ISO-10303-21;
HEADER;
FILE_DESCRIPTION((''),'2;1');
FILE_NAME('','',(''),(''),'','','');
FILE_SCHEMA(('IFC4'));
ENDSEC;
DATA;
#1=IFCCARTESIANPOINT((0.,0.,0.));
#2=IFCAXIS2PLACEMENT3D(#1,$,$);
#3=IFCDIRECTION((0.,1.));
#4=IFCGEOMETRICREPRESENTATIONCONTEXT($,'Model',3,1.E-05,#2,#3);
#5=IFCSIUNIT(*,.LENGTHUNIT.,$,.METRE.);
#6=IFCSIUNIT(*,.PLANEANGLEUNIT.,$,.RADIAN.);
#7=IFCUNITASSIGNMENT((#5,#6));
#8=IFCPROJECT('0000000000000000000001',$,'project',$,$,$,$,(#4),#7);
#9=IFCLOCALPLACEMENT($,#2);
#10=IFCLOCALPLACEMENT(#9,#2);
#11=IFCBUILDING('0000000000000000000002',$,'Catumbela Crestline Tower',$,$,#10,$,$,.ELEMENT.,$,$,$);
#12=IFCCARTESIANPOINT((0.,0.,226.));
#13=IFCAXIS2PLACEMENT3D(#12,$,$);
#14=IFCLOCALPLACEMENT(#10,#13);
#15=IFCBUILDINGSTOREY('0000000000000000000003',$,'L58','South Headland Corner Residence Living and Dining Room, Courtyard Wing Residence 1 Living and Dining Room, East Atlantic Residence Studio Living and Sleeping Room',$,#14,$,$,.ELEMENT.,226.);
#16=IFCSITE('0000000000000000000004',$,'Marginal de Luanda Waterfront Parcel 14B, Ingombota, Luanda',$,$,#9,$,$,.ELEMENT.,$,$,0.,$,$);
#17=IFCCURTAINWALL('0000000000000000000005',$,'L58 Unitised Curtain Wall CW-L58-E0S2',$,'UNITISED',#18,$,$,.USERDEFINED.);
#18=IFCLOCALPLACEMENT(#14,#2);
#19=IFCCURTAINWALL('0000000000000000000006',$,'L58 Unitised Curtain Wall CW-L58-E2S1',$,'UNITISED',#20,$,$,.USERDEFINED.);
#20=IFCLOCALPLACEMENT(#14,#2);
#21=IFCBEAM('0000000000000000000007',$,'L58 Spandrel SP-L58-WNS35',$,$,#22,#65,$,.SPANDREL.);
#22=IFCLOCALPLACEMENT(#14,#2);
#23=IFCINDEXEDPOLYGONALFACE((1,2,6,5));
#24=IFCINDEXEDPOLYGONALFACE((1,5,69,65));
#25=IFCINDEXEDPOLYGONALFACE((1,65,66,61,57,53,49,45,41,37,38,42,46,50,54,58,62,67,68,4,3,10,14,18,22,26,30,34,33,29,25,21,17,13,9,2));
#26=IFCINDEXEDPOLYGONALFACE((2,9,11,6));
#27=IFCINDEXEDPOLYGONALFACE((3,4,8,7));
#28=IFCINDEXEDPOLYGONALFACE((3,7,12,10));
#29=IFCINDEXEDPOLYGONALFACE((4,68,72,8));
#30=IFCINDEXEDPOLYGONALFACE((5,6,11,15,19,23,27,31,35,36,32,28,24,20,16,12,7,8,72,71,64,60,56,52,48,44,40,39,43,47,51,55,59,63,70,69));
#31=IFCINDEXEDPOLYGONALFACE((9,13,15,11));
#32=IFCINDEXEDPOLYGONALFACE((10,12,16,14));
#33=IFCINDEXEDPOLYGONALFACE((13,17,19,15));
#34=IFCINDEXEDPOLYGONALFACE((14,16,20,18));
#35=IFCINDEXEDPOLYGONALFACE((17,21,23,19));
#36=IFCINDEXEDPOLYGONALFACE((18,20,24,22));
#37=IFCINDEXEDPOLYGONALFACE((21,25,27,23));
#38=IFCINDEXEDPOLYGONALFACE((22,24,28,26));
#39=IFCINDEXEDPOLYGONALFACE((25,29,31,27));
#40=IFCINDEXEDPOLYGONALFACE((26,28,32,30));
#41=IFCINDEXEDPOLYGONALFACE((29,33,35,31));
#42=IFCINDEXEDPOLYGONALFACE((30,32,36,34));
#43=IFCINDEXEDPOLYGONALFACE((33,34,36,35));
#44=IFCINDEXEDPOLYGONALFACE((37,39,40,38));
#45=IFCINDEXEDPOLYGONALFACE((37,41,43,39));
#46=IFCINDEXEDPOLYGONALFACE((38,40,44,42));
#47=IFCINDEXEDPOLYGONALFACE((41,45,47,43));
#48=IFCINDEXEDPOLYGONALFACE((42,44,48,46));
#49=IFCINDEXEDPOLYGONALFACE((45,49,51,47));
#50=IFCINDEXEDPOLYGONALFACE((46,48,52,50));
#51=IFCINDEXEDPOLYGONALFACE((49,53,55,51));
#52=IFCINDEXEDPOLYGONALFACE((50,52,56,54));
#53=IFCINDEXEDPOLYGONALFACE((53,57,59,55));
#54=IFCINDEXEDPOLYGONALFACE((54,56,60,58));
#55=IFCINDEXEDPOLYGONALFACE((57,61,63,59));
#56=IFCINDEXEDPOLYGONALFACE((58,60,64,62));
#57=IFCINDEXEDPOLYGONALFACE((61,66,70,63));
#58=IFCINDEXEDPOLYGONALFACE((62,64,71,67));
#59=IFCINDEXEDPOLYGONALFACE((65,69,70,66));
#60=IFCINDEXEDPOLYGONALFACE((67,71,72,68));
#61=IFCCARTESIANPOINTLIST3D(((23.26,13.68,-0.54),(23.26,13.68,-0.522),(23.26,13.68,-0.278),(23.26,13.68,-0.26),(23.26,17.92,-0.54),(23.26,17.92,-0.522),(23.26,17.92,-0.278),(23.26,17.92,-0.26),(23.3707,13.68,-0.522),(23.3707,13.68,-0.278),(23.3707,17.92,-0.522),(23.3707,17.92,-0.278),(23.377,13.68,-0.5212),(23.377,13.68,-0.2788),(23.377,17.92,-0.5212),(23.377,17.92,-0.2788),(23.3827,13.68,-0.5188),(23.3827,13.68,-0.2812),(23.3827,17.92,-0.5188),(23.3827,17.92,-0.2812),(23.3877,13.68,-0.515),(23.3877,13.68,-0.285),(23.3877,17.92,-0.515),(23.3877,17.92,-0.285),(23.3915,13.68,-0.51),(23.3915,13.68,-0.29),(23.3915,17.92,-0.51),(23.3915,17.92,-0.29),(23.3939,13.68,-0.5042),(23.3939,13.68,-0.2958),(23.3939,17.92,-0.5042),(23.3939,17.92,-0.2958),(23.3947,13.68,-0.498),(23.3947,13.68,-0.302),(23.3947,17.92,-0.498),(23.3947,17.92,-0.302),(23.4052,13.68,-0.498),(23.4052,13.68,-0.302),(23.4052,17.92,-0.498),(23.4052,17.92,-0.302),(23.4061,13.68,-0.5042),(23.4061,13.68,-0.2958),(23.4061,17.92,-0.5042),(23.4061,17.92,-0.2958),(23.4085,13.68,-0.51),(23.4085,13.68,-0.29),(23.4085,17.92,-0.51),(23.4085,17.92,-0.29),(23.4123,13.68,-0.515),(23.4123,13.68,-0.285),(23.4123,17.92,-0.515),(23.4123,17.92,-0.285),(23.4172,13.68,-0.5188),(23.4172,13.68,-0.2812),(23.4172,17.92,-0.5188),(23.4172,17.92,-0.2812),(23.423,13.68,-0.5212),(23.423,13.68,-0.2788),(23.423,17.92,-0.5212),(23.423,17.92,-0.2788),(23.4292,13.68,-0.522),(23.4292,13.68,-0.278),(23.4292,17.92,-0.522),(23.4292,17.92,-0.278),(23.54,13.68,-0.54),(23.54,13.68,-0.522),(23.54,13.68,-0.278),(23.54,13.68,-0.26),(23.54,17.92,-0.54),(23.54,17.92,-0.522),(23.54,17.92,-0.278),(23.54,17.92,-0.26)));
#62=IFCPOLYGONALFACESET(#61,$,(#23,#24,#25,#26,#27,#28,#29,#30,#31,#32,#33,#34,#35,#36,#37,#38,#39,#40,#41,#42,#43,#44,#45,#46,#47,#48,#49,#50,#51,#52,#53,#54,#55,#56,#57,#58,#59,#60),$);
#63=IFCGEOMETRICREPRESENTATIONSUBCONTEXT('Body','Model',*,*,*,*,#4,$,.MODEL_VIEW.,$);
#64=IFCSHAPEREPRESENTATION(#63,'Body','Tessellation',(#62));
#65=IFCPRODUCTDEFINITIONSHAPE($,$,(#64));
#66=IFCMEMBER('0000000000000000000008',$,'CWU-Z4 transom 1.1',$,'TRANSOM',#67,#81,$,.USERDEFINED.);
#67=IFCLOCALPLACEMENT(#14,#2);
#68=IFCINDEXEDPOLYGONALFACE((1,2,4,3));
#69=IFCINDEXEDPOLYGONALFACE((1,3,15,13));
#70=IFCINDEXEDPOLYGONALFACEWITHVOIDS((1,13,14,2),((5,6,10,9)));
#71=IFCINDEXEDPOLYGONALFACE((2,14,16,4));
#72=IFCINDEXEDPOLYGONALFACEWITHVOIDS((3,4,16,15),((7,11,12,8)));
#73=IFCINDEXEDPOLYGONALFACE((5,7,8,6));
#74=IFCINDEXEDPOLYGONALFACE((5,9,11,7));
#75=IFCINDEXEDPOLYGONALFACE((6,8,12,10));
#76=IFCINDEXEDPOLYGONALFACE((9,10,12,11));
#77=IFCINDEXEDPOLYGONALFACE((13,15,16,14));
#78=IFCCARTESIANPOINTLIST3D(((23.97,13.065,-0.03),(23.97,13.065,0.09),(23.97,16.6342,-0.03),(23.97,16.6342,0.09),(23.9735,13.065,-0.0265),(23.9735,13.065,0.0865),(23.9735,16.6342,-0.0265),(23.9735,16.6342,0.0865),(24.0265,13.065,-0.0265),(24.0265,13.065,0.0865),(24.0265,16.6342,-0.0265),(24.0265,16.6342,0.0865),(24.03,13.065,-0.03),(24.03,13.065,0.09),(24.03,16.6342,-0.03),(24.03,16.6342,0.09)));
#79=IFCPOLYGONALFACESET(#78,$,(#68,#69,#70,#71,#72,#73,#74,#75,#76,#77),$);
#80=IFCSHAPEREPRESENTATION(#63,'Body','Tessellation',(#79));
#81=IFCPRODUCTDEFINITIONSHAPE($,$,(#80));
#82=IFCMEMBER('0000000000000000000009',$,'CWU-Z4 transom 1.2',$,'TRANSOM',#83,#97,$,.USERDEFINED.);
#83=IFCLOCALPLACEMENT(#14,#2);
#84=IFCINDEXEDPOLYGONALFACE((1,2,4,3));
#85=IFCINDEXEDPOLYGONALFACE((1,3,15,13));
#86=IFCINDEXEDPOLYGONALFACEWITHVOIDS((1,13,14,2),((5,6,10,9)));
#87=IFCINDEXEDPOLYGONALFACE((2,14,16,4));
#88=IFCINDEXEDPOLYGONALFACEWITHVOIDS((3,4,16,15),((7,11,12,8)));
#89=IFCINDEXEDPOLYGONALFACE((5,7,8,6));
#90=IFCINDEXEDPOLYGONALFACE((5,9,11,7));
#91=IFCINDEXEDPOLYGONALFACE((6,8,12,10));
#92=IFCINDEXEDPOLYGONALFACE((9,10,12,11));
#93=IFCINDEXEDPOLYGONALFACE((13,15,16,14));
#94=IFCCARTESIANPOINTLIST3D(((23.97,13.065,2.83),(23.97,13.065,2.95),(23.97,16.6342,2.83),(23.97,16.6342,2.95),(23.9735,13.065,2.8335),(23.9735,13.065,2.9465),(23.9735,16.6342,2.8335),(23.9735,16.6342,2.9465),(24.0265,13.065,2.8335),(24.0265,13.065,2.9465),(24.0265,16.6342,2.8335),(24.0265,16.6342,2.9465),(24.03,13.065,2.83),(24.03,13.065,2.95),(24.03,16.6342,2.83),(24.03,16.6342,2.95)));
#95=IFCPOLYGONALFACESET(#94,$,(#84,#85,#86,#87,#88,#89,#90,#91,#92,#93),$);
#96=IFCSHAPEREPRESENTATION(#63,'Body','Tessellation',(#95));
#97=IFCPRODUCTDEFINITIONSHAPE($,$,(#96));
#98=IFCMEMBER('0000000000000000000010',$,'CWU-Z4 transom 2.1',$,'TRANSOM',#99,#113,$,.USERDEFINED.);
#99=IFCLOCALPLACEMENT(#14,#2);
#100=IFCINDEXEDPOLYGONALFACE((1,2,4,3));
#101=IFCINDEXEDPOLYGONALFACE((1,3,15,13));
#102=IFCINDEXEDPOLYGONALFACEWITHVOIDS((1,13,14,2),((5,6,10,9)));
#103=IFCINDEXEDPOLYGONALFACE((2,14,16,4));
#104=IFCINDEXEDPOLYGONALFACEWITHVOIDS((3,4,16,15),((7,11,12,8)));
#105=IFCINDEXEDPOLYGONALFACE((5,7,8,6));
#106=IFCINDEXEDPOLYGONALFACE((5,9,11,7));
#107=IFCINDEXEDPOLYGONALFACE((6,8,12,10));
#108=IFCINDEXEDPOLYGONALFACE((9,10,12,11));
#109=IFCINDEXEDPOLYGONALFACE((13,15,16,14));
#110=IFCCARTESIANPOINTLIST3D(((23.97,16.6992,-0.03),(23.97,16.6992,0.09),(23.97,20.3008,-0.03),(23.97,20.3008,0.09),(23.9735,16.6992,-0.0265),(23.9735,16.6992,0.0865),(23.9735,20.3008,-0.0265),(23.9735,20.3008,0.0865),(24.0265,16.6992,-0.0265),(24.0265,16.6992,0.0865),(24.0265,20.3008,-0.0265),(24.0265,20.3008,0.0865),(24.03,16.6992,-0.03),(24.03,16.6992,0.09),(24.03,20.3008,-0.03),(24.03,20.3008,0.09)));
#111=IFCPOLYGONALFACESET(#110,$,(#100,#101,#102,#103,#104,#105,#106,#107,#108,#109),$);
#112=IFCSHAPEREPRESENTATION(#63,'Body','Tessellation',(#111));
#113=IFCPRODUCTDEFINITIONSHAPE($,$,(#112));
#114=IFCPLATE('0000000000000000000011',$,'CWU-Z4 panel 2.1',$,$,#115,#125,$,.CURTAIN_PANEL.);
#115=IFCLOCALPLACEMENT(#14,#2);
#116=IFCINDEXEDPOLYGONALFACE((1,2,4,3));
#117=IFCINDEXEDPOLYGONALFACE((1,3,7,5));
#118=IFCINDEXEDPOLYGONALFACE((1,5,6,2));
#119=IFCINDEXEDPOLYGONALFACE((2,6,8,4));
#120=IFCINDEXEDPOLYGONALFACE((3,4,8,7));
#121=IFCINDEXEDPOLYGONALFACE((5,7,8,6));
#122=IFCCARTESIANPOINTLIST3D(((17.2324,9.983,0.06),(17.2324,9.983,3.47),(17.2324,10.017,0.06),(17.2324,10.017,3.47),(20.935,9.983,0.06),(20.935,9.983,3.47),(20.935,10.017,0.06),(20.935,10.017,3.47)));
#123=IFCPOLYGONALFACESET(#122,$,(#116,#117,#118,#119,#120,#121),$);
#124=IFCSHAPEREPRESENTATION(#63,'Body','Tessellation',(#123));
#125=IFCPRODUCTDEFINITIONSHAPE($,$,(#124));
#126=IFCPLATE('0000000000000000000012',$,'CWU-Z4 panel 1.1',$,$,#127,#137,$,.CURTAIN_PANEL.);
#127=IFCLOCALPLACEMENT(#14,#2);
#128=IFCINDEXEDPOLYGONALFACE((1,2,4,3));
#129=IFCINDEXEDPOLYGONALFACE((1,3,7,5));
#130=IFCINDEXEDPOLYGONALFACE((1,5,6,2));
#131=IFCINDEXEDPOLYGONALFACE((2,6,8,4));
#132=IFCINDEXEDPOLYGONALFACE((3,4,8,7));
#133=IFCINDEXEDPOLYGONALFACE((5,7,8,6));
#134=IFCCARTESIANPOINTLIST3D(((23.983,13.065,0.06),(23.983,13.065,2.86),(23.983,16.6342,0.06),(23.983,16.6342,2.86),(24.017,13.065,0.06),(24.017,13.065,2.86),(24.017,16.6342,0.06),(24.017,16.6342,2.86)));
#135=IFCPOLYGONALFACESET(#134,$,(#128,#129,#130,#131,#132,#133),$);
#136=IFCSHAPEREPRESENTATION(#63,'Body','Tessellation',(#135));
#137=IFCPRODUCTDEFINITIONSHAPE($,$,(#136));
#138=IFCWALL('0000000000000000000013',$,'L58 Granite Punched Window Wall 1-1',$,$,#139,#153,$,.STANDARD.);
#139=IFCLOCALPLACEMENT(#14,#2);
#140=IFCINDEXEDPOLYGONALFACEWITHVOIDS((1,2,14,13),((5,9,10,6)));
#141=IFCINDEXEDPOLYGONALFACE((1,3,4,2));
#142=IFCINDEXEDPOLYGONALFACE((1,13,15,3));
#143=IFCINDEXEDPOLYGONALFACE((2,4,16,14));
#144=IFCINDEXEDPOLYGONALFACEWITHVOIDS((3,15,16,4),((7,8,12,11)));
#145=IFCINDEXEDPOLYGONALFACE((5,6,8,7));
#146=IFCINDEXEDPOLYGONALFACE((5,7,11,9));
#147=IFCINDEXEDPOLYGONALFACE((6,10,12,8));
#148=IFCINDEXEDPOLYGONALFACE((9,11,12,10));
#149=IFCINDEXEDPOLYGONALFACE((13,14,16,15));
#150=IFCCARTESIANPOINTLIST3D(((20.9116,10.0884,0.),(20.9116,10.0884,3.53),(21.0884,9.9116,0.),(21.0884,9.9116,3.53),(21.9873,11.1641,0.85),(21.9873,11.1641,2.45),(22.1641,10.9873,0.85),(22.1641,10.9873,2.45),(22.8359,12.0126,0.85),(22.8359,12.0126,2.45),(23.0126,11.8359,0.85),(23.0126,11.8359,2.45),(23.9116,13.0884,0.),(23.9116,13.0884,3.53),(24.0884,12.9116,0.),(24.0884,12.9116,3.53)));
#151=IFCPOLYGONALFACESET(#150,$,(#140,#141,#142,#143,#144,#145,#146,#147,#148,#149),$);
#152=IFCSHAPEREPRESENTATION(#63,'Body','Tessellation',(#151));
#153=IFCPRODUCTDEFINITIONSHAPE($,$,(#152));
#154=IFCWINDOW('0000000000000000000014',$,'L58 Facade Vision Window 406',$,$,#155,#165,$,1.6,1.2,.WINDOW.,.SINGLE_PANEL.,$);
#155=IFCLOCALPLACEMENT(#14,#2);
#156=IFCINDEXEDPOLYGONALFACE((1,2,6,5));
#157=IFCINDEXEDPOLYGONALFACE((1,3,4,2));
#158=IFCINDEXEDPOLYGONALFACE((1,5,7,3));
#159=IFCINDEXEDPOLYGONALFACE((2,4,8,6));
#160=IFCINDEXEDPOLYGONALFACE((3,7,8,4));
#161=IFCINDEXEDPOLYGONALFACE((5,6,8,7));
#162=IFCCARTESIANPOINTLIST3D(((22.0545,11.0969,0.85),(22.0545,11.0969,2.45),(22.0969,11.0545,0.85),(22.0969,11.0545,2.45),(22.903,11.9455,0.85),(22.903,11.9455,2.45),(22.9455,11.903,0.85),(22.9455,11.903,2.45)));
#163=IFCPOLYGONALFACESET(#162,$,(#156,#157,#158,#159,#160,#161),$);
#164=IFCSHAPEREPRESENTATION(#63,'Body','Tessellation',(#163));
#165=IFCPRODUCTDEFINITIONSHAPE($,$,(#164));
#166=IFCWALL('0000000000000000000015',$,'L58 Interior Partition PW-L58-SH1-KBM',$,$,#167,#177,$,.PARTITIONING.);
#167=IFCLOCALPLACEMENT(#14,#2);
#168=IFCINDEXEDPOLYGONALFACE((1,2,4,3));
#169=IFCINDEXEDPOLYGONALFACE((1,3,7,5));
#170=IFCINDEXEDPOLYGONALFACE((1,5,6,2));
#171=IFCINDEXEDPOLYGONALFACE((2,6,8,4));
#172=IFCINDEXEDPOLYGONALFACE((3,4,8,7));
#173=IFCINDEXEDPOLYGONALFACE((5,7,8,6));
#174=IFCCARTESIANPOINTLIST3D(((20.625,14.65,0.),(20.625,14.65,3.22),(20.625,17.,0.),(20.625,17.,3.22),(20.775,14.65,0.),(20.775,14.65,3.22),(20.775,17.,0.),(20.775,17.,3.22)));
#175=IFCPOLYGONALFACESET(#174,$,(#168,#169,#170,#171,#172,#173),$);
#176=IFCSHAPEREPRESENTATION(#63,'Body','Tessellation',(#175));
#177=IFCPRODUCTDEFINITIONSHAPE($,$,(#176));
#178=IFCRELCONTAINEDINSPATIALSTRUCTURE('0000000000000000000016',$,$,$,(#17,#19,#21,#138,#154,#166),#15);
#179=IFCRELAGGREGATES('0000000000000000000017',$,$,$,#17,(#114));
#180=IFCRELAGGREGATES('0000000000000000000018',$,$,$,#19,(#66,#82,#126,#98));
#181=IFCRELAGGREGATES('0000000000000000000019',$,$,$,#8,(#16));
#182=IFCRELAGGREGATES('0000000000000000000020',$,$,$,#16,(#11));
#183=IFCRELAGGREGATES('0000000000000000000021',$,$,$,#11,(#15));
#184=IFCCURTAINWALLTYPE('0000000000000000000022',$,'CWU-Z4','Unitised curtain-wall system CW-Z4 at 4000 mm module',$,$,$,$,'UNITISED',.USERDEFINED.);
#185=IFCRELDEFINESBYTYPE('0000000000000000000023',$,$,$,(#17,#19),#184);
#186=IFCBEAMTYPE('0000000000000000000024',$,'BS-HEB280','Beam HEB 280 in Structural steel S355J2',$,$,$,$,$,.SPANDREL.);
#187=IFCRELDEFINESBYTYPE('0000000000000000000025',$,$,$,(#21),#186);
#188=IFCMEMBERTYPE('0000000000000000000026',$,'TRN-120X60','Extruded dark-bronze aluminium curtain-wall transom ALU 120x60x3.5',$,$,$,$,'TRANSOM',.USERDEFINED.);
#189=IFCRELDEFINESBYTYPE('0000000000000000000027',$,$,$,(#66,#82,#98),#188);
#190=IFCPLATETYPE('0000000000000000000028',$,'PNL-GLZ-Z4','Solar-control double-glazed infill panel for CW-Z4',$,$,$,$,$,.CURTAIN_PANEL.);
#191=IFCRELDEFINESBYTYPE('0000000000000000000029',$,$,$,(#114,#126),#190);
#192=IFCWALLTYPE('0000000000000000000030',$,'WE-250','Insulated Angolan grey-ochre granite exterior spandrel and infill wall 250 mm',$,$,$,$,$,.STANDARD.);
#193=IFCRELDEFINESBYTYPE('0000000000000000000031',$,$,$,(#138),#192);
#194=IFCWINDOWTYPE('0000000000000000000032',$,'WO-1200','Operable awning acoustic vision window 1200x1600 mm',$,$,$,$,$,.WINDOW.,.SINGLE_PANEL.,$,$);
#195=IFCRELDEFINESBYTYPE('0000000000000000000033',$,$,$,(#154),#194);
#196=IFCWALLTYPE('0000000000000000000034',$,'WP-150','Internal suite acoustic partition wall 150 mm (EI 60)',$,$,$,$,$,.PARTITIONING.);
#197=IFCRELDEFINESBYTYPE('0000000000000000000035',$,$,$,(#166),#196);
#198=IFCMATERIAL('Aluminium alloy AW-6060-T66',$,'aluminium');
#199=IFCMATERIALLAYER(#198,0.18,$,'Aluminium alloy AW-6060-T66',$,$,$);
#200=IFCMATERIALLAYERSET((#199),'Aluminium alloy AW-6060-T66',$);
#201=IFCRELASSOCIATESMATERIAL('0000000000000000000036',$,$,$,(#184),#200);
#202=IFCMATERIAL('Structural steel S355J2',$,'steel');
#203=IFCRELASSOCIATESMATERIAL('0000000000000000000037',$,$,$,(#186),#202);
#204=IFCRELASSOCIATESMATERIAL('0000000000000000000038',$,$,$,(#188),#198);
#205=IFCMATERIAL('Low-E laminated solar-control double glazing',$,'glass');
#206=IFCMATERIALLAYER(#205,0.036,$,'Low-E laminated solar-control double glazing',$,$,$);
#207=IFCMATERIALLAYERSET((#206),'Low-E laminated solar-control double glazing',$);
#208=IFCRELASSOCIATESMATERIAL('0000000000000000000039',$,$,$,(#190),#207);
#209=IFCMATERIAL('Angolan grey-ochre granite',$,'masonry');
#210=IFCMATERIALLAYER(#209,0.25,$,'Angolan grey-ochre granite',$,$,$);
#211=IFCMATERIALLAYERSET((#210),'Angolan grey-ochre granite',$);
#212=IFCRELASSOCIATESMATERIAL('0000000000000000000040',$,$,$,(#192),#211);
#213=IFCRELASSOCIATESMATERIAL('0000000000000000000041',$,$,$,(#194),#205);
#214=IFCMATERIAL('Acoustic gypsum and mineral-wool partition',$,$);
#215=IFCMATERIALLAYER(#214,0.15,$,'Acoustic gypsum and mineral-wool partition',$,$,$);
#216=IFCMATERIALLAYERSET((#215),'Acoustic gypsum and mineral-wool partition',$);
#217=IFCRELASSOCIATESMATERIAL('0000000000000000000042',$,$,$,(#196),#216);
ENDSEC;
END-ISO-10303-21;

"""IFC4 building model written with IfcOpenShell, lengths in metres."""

from ifc_helpers import new_model, si_unit, direction, frame, frame_2d, origin, origin_2d, place, context, subcontext, project, spatial, rectangle, hollow_rectangle, i_section, extrude, material, layer, layer_set, material_profile, profile_set, type_object, element, fill, aggregate, save


model = new_model("IFC4")

# Units and contexts
model_context = context("Model", 3, precision=1e-05, world=origin(), true_north=direction((0.0, 1.0)))
body_context = subcontext(model_context, "Body", "Model", "MODEL_VIEW")
ifc_project = project(units=[si_unit("LENGTHUNIT", "METRE"), si_unit("PLANEANGLEUNIT", "RADIAN")], contexts=[model_context])

# Site, building, storey
site_placement = place(None, origin())
site = spatial("IfcSite", under=ifc_project, at=site_placement, Name="Marginal de Luanda Waterfront Parcel 14B, Ingombota, Luanda", CompositionType="ELEMENT", RefElevation=0.0)
building_placement = place(site_placement, origin())
building = spatial("IfcBuilding", under=site, at=building_placement, Name="Catumbela Crestline Tower", CompositionType="ELEMENT")
storey_placement = place(building_placement, frame((0.0, 0.0, 226.0)))
storey = spatial("IfcBuildingStorey", under=building, at=storey_placement, Name="L58", Description="South Headland Corner Residence Living and Dining Room, Courtyard Wing Residence 1 Living and Dining Room, East Atlantic Residence Studio Living and Sleeping Room", CompositionType="ELEMENT", Elevation=226.0)

# Shared definitions
ifc_material_1 = material(Name="Structural steel S355J2", Category="steel")

# Curtain wall
ifc_material_2 = material(Name="Aluminium alloy AW-6060-T66", Category="aluminium")
ifc_layer_1 = layer(ifc_material_2, 0.18, Name="Aluminium alloy AW-6060-T66")
ifc_layer_set_1 = layer_set([ifc_layer_1], Name="Aluminium alloy AW-6060-T66")
curtain_wall_type = type_object("IfcCurtainWallType", Name="CWU-Z4", Description="Unitised curtain-wall system CW-Z4 at 4000 mm module", ElementType="UNITISED", PredefinedType="USERDEFINED", material=ifc_layer_set_1)
curtain_wall_1_placement = place(storey_placement, origin())
curtain_wall_1 = element("IfcCurtainWall", 1, at=curtain_wall_1_placement, inside=storey, type_object=curtain_wall_type, Name="L58 Unitised Curtain Wall CW-L58-E0S2", ObjectType="UNITISED", PredefinedType="USERDEFINED")

# Curtain wall
curtain_wall_2_placement = place(storey_placement, origin())
curtain_wall_2 = element("IfcCurtainWall", 2, at=curtain_wall_2_placement, inside=storey, type_object=curtain_wall_type, Name="L58 Unitised Curtain Wall CW-L58-E2S1", ObjectType="UNITISED", PredefinedType="USERDEFINED")

# Beam
ifc_material_profile_1 = material_profile(ifc_material_1, i_section(OverallWidth=0.28, OverallDepth=0.28, WebThickness=0.0105, FlangeThickness=0.018, FilletRadius=0.024, at=origin_2d()), Name="HEB 280")
ifc_profile_set_1 = profile_set([ifc_material_profile_1], Name="Structural steel S355J2")
beam_type_1 = type_object("IfcBeamType", Name="BS-HEB280", Description="Beam HEB 280 in Structural steel S355J2", PredefinedType="SPANDREL", material=ifc_profile_set_1)
beam_placement = place(storey_placement, frame((23.4, 13.68, -0.4), z_axis=(0.0, 1.0, 0.0), x_axis=(-1.0, 0.0, 0.0)))
element("IfcBeam", 3, at=beam_placement, inside=storey, type_object=beam_type_1, Name="L58 Spandrel SP-L58-WNS35", PredefinedType="SPANDREL", context=body_context, shape_type="SweptSolid", body=[
    extrude(i_section(OverallWidth=0.28, OverallDepth=0.28, WebThickness=0.0105, FlangeThickness=0.018, FilletRadius=0.024, at=origin_2d()), origin(), (0.0, 0.0, 1.0), 4.24),
])

# Members
ifc_material_profile_2 = material_profile(ifc_material_2, hollow_rectangle(XDim=0.06, YDim=0.12, WallThickness=0.0035, at=origin_2d()), Name="ALU 120x60x3.5")
ifc_profile_set_2 = profile_set([ifc_material_profile_2], Name="Aluminium alloy AW-6060-T66")
member_type_1 = type_object("IfcMemberType", Name="TRN-120X60", Description="Extruded dark-bronze aluminium curtain-wall transom ALU 120x60x3.5", ElementType="TRANSOM", PredefinedType="USERDEFINED", material=ifc_profile_set_2)
member_1_placement = place(storey_placement, frame((24.0, 13.065, 0.03), z_axis=(0.0, 1.0, 0.0), x_axis=(-1.0, 0.0, 0.0)))
member_1 = element("IfcMember", 4, at=member_1_placement, type_object=member_type_1, Name="CWU-Z4 transom 1.1", ObjectType="TRANSOM", PredefinedType="USERDEFINED", context=body_context, shape_type="SweptSolid", body=[
    extrude(hollow_rectangle(XDim=0.06, YDim=0.12, WallThickness=0.0035, at=origin_2d()), origin(), (0.0, 0.0, 1.0), 3.5692),
])
member_2_placement = place(storey_placement, frame((24.0, 13.065, 2.89), z_axis=(0.0, 1.0, 0.0), x_axis=(-1.0, 0.0, 0.0)))
member_2 = element("IfcMember", 5, at=member_2_placement, type_object=member_type_1, Name="CWU-Z4 transom 1.2", ObjectType="TRANSOM", PredefinedType="USERDEFINED", context=body_context, shape_type="SweptSolid", body=[
    extrude(hollow_rectangle(XDim=0.06, YDim=0.12, WallThickness=0.0035, at=origin_2d()), origin(), (0.0, 0.0, 1.0), 3.5692),
])
member_3_placement = place(storey_placement, frame((24.0, 16.6992, 0.03), z_axis=(0.0, 1.0, 0.0), x_axis=(-1.0, 0.0, 0.0)))
member_3 = element("IfcMember", 6, at=member_3_placement, type_object=member_type_1, Name="CWU-Z4 transom 2.1", ObjectType="TRANSOM", PredefinedType="USERDEFINED", context=body_context, shape_type="SweptSolid", body=[
    extrude(hollow_rectangle(XDim=0.06, YDim=0.12, WallThickness=0.0035, at=origin_2d()), origin(), (0.0, 0.0, 1.0), 3.6016),
])

# Plates
ifc_material_3 = material(Name="Low-E laminated solar-control double glazing", Category="glass")
ifc_layer_2 = layer(ifc_material_3, 0.036, Name="Low-E laminated solar-control double glazing")
ifc_layer_set_2 = layer_set([ifc_layer_2], Name="Low-E laminated solar-control double glazing")
plate_type = type_object("IfcPlateType", Name="PNL-GLZ-Z4", Description="Solar-control double-glazed infill panel for CW-Z4", PredefinedType="CURTAIN_PANEL", material=ifc_layer_set_2)
plate_1_placement = place(storey_placement, frame((19.0837, 10.0, 0.06), z_axis=(0.0, 0.0, 1.0), x_axis=(1.0, 0.0, 0.0)))
plate_1 = element("IfcPlate", 7, at=plate_1_placement, type_object=plate_type, Name="CWU-Z4 panel 2.1", PredefinedType="CURTAIN_PANEL", context=body_context, shape_type="SweptSolid", body=[
    extrude(rectangle(XDim=3.7025, YDim=0.034, at=origin_2d()), origin(), (0.0, 0.0, 1.0), 3.41),
])
aggregate(curtain_wall_1, [plate_1])
plate_2_placement = place(storey_placement, frame((24.0, 14.8496, 0.06), z_axis=(0.0, 0.0, 1.0), x_axis=(0.0, 1.0, 0.0)))
plate_2 = element("IfcPlate", 8, at=plate_2_placement, type_object=plate_type, Name="CWU-Z4 panel 1.1", PredefinedType="CURTAIN_PANEL", context=body_context, shape_type="SweptSolid", body=[
    extrude(rectangle(XDim=3.5692, YDim=0.034, at=origin_2d()), origin(), (0.0, 0.0, 1.0), 2.8),
])
aggregate(curtain_wall_2, [member_1, member_2, plate_2, member_3])

# Wall, opening, window
ifc_material_4 = material(Name="Angolan grey-ochre granite", Category="masonry")
ifc_layer_3 = layer(ifc_material_4, 0.25, Name="Angolan grey-ochre granite")
ifc_layer_set_3 = layer_set([ifc_layer_3], Name="Angolan grey-ochre granite")
wall_type_1 = type_object("IfcWallType", Name="WE-250", Description="Insulated Angolan grey-ochre granite exterior spandrel and infill wall 250 mm", PredefinedType="STANDARD", material=ifc_layer_set_3)
wall_1_placement = place(storey_placement, frame((21.0, 10.0, 0.0), z_axis=(0.0, 0.0, 1.0), x_axis=(0.707107, 0.707107, 0.0)))
wall_1 = element("IfcWall", 9, at=wall_1_placement, inside=storey, type_object=wall_type_1, Name="L58 Granite Punched Window Wall 1-1", PredefinedType="STANDARD", context=body_context, shape_type="SweptSolid", body=[
    extrude(rectangle(XDim=4.2426, YDim=0.25, at=frame_2d((2.1213, 0.0))), origin(), (0.0, 0.0, 1.0), 3.53),
])
opening_1_placement = place(wall_1_placement, frame((1.5213, 0.0, 0.85)))
opening_1 = element("IfcOpeningElement", 10, at=opening_1_placement, cuts=wall_1, PredefinedType="OPENING", context=body_context, shape_type="SweptSolid", body=[
    extrude(rectangle(XDim=1.2, YDim=1.6, at=frame_2d((0.6, 0.8))), frame((0.0, 0.135, 0.0), z_axis=(0.0, -1.0, 0.0), x_axis=(1.0, 0.0, 0.0)), (0.0, 0.0, 1.0), 0.27),
])
window_type = type_object("IfcWindowType", Name="WO-1200", Description="Operable awning acoustic vision window 1200x1600 mm", PartitioningType="SINGLE_PANEL", PredefinedType="WINDOW", material=ifc_material_3)
window_placement = place(opening_1_placement, origin())
window = element("IfcWindow", 11, at=window_placement, inside=storey, type_object=window_type, Name="L58 Facade Vision Window 406", OverallHeight=1.6, OverallWidth=1.2, PartitioningType="SINGLE_PANEL", PredefinedType="WINDOW", context=body_context, shape_type="SweptSolid", body=[
    extrude(rectangle(XDim=1.2, YDim=1.6, at=frame_2d((0.6, 0.8))), frame((0.0, 0.03, 0.0), z_axis=(0.0, -1.0, 0.0), x_axis=(1.0, 0.0, 0.0)), (0.0, 0.0, 1.0), 0.06),
])
fill(opening_1, window)

# Wall
ifc_material_5 = material(Name="Acoustic gypsum and mineral-wool partition")
ifc_layer_4 = layer(ifc_material_5, 0.15, Name="Acoustic gypsum and mineral-wool partition")
ifc_layer_set_4 = layer_set([ifc_layer_4], Name="Acoustic gypsum and mineral-wool partition")
wall_type_2 = type_object("IfcWallType", Name="WP-150", Description="Internal suite acoustic partition wall 150 mm (EI 60)", PredefinedType="PARTITIONING", material=ifc_layer_set_4)
wall_2_placement = place(storey_placement, frame((20.7, 14.65, 0.0), z_axis=(0.0, 0.0, 1.0), x_axis=(0.0, 1.0, 0.0)))
element("IfcWall", 12, at=wall_2_placement, inside=storey, type_object=wall_type_2, Name="L58 Interior Partition PW-L58-SH1-KBM", PredefinedType="PARTITIONING", context=body_context, shape_type="SweptSolid", body=[
    extrude(rectangle(XDim=2.35, YDim=0.15, at=frame_2d((1.175, 0.0))), origin(), (0.0, 0.0, 1.0), 3.22),
])

save(model, "model.ifc")
